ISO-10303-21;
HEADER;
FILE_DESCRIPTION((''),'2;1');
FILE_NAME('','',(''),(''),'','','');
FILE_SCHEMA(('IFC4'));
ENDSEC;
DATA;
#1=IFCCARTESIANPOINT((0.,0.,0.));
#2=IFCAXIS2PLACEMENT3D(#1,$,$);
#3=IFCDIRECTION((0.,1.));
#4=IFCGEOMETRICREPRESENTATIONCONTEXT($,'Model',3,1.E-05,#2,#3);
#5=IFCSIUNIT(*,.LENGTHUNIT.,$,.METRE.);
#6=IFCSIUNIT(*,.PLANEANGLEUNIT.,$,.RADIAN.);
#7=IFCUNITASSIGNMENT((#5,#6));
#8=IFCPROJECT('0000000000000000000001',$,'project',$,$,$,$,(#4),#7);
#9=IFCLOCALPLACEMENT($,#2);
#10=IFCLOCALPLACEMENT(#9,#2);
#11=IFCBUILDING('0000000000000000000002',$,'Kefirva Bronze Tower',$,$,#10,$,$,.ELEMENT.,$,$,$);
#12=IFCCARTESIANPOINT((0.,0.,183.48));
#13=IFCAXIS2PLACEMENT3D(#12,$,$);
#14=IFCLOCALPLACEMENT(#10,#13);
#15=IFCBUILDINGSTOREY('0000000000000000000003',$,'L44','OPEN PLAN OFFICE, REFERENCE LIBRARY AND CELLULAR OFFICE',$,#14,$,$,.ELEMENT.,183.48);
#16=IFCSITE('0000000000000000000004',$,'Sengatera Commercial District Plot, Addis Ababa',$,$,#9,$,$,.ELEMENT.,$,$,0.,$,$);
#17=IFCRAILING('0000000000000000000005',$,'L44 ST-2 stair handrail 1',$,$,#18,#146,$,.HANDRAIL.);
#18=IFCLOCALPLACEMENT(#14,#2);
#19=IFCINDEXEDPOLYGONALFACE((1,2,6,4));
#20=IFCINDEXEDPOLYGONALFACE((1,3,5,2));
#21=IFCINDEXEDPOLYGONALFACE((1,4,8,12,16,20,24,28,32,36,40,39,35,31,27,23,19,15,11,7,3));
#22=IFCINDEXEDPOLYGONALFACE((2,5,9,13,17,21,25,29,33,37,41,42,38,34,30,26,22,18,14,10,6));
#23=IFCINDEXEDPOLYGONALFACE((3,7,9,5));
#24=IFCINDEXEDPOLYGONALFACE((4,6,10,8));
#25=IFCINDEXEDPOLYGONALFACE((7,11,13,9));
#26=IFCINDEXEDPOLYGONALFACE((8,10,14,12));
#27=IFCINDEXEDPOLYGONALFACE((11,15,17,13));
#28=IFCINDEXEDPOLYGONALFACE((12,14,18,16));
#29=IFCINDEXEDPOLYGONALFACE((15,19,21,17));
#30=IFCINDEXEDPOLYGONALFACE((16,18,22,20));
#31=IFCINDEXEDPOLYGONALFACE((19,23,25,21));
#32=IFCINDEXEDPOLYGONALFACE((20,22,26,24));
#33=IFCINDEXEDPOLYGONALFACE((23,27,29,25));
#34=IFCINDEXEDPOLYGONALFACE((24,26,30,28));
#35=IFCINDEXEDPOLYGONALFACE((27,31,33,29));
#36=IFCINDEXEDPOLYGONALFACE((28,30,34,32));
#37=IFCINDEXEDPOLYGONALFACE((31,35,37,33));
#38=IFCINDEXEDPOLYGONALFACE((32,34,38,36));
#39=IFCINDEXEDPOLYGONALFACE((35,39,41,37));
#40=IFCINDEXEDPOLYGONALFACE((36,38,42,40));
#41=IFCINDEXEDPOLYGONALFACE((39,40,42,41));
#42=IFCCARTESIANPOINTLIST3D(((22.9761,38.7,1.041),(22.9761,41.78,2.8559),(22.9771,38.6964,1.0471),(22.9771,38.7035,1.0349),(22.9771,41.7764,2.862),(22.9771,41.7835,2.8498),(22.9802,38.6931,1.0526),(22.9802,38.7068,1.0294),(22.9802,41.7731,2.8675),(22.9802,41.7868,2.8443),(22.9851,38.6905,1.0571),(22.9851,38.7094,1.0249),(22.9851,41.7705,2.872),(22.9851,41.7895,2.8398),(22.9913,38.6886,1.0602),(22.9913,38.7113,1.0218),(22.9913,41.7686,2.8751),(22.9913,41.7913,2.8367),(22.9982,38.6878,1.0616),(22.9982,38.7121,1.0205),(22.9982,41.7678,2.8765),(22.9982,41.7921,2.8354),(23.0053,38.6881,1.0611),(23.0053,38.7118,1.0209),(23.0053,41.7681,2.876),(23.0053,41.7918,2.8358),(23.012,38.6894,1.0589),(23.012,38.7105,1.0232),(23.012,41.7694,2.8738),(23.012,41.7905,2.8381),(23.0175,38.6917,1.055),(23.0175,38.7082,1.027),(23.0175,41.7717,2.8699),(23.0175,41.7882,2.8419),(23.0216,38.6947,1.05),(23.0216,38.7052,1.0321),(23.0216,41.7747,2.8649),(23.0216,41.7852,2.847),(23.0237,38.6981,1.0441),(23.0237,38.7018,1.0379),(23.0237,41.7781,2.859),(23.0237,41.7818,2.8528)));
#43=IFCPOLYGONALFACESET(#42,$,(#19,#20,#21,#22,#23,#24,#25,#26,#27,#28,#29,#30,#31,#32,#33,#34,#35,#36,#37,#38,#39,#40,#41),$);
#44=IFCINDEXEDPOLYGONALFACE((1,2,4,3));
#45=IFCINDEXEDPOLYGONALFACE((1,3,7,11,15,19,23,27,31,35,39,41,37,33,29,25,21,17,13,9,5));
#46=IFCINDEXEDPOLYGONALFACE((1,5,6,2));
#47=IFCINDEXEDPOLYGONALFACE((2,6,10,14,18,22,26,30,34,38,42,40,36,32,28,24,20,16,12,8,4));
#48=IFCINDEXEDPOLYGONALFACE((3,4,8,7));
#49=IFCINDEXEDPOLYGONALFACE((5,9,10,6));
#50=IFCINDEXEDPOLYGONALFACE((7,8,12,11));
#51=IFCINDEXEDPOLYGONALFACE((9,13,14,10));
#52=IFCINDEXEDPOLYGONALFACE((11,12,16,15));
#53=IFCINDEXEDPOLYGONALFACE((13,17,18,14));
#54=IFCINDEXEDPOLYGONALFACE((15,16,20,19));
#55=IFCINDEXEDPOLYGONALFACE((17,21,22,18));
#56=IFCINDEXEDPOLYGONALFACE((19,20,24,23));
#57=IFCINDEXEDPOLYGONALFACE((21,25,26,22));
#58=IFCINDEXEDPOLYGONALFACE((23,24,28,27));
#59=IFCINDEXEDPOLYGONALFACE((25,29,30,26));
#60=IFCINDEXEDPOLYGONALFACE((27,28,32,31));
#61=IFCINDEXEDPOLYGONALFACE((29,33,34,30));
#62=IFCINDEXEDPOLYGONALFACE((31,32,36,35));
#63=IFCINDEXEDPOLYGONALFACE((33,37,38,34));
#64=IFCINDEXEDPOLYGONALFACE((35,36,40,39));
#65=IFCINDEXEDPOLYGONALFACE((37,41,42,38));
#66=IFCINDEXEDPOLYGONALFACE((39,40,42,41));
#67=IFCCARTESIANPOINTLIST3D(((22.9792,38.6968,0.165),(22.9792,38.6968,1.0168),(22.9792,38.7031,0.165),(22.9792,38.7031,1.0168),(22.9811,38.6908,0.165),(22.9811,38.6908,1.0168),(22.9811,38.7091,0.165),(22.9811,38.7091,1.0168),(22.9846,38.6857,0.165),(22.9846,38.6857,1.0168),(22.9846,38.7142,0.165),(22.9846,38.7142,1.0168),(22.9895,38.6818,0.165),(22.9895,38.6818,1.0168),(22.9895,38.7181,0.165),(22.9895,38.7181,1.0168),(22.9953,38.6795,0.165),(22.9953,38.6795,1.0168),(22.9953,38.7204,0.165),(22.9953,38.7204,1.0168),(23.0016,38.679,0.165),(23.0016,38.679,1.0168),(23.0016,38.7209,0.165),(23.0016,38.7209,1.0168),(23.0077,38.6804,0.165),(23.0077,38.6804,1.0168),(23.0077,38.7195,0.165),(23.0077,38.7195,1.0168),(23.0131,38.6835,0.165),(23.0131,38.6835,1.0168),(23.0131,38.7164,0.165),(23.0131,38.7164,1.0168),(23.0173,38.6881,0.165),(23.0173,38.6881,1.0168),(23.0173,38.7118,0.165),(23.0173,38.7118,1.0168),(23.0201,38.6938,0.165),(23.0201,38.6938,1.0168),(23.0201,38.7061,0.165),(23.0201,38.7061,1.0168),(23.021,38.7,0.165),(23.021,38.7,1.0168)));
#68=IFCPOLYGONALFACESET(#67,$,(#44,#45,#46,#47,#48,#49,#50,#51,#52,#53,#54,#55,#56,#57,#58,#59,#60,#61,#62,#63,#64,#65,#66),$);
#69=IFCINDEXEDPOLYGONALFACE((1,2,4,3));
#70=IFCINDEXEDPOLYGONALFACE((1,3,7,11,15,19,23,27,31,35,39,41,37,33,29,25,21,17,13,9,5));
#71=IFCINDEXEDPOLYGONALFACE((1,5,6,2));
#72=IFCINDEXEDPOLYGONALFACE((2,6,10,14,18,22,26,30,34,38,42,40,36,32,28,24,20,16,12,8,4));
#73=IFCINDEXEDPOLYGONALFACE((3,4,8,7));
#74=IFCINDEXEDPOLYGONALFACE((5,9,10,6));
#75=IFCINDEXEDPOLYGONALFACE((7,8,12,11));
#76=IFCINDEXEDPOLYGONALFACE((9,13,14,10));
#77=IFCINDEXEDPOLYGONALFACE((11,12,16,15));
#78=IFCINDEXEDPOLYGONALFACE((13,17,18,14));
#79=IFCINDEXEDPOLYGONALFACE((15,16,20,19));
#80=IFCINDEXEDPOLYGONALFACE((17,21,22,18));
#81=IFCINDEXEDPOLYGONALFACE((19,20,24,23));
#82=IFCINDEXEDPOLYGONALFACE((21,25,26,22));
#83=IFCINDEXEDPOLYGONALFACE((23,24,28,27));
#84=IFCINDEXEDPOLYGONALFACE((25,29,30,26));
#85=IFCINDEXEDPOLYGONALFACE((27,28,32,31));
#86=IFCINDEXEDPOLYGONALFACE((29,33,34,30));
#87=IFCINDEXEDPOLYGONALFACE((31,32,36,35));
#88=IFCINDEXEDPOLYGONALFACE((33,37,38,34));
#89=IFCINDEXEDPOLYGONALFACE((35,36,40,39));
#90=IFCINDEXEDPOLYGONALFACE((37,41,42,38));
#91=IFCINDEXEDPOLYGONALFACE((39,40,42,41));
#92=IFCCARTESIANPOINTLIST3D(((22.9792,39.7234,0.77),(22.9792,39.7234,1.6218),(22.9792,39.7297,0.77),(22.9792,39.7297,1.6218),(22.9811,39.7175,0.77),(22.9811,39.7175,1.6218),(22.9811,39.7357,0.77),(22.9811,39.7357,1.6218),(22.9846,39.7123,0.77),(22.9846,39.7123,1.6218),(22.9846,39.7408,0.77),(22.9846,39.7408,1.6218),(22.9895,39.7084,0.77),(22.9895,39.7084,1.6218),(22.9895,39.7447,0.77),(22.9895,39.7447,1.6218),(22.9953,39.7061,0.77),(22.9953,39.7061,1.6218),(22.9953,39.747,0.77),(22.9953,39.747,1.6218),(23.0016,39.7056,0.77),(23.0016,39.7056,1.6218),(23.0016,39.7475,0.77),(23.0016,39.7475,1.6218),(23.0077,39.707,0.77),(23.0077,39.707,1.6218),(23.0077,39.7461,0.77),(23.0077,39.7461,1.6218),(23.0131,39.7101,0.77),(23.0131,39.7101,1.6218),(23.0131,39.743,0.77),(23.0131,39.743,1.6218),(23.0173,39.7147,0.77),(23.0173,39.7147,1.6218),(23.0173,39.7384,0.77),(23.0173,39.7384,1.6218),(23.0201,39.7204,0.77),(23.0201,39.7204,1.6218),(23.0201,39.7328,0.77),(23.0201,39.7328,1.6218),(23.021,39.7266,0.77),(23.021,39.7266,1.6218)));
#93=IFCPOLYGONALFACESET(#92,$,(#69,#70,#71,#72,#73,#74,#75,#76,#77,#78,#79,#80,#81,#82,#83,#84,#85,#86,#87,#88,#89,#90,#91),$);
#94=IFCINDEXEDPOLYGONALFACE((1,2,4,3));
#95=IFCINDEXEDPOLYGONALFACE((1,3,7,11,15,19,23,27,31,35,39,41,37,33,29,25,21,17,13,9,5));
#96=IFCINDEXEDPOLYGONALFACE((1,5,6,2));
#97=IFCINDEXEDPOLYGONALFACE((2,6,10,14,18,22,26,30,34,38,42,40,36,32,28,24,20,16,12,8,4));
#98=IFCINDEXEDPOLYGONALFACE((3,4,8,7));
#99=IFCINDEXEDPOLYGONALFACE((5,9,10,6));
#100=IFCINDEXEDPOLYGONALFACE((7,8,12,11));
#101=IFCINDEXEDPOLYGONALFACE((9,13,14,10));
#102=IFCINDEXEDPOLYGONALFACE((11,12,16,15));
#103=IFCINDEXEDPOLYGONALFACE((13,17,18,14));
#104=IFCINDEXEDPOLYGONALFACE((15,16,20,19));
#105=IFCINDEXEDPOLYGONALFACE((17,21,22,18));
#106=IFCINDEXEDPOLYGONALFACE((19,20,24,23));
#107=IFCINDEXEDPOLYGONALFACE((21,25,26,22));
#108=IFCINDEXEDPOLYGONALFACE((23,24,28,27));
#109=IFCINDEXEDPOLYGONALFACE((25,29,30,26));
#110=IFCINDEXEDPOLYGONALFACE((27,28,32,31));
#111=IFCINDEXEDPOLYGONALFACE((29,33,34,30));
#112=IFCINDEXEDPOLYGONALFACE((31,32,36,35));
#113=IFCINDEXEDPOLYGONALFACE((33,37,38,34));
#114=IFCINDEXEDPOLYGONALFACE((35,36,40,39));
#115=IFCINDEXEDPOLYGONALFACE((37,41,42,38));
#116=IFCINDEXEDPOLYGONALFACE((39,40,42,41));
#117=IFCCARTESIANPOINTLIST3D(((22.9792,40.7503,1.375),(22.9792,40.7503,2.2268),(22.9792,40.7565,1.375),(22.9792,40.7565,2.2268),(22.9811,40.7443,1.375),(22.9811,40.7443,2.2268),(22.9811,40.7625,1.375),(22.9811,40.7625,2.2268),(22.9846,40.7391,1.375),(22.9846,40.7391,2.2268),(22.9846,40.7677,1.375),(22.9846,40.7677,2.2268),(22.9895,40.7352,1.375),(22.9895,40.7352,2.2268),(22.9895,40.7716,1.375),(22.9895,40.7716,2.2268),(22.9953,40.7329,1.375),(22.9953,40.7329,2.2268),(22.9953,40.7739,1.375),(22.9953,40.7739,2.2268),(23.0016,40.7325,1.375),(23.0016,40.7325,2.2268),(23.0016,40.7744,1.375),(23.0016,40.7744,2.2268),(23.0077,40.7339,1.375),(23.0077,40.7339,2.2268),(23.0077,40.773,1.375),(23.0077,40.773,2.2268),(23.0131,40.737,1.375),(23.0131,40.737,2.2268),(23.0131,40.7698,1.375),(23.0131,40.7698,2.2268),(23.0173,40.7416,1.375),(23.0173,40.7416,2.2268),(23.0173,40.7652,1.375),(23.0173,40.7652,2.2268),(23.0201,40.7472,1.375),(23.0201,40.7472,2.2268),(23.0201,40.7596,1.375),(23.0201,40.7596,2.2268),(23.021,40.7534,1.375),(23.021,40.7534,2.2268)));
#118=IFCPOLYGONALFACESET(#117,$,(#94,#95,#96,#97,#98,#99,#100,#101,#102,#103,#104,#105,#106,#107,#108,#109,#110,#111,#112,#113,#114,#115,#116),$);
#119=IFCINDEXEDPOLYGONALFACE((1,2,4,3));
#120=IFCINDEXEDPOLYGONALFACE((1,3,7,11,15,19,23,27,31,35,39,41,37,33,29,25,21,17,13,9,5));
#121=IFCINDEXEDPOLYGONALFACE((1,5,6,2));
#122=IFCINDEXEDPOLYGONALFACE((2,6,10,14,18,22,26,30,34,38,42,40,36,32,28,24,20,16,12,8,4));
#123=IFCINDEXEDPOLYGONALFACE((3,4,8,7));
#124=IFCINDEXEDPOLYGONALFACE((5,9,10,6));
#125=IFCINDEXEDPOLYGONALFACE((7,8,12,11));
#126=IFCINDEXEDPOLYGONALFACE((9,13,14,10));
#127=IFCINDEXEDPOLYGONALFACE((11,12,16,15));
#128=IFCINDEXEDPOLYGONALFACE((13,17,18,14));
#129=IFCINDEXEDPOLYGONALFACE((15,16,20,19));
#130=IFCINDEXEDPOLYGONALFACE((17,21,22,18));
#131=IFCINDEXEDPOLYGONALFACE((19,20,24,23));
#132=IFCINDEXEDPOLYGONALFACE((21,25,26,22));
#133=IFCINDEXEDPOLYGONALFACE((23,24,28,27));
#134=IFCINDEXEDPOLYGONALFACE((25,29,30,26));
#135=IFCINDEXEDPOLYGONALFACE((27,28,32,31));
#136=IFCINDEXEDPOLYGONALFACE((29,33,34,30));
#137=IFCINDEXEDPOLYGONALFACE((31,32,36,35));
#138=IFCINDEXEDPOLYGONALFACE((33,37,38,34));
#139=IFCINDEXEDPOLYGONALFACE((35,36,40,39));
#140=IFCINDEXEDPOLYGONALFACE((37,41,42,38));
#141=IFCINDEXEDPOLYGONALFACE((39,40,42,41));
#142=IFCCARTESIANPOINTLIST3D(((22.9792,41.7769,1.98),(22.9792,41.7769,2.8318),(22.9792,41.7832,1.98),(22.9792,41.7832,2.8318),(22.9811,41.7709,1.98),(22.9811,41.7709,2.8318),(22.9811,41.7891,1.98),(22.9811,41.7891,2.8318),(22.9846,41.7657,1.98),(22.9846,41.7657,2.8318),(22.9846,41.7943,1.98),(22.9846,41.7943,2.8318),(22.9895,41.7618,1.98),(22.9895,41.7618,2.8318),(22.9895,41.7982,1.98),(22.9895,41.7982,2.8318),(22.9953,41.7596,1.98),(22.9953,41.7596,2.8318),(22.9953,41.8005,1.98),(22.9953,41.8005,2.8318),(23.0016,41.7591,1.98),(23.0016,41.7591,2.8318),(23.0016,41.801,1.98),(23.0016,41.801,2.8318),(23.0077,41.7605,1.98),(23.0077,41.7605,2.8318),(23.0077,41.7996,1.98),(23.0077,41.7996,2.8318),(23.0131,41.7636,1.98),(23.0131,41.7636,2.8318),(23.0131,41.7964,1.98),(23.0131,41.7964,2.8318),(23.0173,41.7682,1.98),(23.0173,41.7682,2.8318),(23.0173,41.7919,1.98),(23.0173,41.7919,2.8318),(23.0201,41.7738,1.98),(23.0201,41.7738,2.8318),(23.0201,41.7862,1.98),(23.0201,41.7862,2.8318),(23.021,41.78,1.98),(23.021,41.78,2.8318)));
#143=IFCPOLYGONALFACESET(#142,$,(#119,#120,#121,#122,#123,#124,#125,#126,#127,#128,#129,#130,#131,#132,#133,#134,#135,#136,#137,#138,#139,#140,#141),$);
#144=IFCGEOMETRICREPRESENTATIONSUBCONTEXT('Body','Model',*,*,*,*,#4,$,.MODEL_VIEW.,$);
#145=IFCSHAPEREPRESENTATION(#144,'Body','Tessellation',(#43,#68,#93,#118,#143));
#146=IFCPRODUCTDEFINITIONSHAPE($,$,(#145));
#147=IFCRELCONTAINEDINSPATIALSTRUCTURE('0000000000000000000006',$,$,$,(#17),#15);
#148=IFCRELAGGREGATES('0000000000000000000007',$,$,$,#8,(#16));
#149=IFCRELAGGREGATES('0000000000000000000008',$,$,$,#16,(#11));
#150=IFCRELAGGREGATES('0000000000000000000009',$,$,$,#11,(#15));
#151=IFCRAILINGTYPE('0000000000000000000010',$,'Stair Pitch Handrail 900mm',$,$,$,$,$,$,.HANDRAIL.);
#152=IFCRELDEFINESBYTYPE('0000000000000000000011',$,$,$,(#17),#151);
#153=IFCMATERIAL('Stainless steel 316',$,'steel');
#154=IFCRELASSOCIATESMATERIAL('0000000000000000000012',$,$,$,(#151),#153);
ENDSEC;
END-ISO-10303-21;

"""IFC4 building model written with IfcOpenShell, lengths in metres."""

from ifc_helpers import new_model, si_unit, direction, frame, origin, origin_2d, place, context, subcontext, project, spatial, circle, extrude, material, type_object, element, save


model = new_model("IFC4")

# Units and contexts
model_context = context("Model", 3, precision=1e-05, world=origin(), true_north=direction((0.0, 1.0)))
body_context = subcontext(model_context, "Body", "Model", "MODEL_VIEW")
ifc_project = project(units=[si_unit("LENGTHUNIT", "METRE"), si_unit("PLANEANGLEUNIT", "RADIAN")], contexts=[model_context])

# Site, building, storey
site_placement = place(None, origin())
site = spatial("IfcSite", under=ifc_project, at=site_placement, Name="Sengatera Commercial District Plot, Addis Ababa", CompositionType="ELEMENT", RefElevation=0.0)
building_placement = place(site_placement, origin())
building = spatial("IfcBuilding", under=site, at=building_placement, Name="Kefirva Bronze Tower", CompositionType="ELEMENT")
storey_placement = place(building_placement, frame((0.0, 0.0, 183.48)))
storey = spatial("IfcBuildingStorey", under=building, at=storey_placement, Name="L44", Description="OPEN PLAN OFFICE, REFERENCE LIBRARY AND CELLULAR OFFICE", CompositionType="ELEMENT", Elevation=183.48)

# Railing
ifc_material_1 = material(Name="Stainless steel 316", Category="steel")
railing_type_1 = type_object("IfcRailingType", Name="Stair Pitch Handrail 900mm", PredefinedType="HANDRAIL", material=ifc_material_1)
railing_1_placement = place(storey_placement, frame((23.0, 38.7, 0.165)))
element("IfcRailing", 1, at=railing_1_placement, inside=storey, type_object=railing_type_1, Name="L44 ST-2 stair handrail 1", PredefinedType="HANDRAIL", context=body_context, shape_type="SweptSolid", body=[
    extrude(circle(Radius=0.0239, at=origin_2d()), frame((0.0, 0.0, 0.876), z_axis=(0.0, 0.861551, 0.507671), x_axis=(-1.0, 0.0, 0.0)), (0.0, 0.0, 1.0), 3.575),
    extrude(circle(Radius=0.021, at=origin_2d()), origin(), (0.0, 0.0, 1.0), 0.8518),
    extrude(circle(Radius=0.021, at=origin_2d()), frame((0.0, 1.0266, 0.605)), (0.0, 0.0, 1.0), 0.8518),
    extrude(circle(Radius=0.021, at=origin_2d()), frame((0.0, 2.0535, 1.21)), (0.0, 0.0, 1.0), 0.8518),
    extrude(circle(Radius=0.021, at=origin_2d()), frame((0.0, 3.0801, 1.8149)), (0.0, 0.0, 1.0), 0.8518),
])

save(model, "model.ifc")
